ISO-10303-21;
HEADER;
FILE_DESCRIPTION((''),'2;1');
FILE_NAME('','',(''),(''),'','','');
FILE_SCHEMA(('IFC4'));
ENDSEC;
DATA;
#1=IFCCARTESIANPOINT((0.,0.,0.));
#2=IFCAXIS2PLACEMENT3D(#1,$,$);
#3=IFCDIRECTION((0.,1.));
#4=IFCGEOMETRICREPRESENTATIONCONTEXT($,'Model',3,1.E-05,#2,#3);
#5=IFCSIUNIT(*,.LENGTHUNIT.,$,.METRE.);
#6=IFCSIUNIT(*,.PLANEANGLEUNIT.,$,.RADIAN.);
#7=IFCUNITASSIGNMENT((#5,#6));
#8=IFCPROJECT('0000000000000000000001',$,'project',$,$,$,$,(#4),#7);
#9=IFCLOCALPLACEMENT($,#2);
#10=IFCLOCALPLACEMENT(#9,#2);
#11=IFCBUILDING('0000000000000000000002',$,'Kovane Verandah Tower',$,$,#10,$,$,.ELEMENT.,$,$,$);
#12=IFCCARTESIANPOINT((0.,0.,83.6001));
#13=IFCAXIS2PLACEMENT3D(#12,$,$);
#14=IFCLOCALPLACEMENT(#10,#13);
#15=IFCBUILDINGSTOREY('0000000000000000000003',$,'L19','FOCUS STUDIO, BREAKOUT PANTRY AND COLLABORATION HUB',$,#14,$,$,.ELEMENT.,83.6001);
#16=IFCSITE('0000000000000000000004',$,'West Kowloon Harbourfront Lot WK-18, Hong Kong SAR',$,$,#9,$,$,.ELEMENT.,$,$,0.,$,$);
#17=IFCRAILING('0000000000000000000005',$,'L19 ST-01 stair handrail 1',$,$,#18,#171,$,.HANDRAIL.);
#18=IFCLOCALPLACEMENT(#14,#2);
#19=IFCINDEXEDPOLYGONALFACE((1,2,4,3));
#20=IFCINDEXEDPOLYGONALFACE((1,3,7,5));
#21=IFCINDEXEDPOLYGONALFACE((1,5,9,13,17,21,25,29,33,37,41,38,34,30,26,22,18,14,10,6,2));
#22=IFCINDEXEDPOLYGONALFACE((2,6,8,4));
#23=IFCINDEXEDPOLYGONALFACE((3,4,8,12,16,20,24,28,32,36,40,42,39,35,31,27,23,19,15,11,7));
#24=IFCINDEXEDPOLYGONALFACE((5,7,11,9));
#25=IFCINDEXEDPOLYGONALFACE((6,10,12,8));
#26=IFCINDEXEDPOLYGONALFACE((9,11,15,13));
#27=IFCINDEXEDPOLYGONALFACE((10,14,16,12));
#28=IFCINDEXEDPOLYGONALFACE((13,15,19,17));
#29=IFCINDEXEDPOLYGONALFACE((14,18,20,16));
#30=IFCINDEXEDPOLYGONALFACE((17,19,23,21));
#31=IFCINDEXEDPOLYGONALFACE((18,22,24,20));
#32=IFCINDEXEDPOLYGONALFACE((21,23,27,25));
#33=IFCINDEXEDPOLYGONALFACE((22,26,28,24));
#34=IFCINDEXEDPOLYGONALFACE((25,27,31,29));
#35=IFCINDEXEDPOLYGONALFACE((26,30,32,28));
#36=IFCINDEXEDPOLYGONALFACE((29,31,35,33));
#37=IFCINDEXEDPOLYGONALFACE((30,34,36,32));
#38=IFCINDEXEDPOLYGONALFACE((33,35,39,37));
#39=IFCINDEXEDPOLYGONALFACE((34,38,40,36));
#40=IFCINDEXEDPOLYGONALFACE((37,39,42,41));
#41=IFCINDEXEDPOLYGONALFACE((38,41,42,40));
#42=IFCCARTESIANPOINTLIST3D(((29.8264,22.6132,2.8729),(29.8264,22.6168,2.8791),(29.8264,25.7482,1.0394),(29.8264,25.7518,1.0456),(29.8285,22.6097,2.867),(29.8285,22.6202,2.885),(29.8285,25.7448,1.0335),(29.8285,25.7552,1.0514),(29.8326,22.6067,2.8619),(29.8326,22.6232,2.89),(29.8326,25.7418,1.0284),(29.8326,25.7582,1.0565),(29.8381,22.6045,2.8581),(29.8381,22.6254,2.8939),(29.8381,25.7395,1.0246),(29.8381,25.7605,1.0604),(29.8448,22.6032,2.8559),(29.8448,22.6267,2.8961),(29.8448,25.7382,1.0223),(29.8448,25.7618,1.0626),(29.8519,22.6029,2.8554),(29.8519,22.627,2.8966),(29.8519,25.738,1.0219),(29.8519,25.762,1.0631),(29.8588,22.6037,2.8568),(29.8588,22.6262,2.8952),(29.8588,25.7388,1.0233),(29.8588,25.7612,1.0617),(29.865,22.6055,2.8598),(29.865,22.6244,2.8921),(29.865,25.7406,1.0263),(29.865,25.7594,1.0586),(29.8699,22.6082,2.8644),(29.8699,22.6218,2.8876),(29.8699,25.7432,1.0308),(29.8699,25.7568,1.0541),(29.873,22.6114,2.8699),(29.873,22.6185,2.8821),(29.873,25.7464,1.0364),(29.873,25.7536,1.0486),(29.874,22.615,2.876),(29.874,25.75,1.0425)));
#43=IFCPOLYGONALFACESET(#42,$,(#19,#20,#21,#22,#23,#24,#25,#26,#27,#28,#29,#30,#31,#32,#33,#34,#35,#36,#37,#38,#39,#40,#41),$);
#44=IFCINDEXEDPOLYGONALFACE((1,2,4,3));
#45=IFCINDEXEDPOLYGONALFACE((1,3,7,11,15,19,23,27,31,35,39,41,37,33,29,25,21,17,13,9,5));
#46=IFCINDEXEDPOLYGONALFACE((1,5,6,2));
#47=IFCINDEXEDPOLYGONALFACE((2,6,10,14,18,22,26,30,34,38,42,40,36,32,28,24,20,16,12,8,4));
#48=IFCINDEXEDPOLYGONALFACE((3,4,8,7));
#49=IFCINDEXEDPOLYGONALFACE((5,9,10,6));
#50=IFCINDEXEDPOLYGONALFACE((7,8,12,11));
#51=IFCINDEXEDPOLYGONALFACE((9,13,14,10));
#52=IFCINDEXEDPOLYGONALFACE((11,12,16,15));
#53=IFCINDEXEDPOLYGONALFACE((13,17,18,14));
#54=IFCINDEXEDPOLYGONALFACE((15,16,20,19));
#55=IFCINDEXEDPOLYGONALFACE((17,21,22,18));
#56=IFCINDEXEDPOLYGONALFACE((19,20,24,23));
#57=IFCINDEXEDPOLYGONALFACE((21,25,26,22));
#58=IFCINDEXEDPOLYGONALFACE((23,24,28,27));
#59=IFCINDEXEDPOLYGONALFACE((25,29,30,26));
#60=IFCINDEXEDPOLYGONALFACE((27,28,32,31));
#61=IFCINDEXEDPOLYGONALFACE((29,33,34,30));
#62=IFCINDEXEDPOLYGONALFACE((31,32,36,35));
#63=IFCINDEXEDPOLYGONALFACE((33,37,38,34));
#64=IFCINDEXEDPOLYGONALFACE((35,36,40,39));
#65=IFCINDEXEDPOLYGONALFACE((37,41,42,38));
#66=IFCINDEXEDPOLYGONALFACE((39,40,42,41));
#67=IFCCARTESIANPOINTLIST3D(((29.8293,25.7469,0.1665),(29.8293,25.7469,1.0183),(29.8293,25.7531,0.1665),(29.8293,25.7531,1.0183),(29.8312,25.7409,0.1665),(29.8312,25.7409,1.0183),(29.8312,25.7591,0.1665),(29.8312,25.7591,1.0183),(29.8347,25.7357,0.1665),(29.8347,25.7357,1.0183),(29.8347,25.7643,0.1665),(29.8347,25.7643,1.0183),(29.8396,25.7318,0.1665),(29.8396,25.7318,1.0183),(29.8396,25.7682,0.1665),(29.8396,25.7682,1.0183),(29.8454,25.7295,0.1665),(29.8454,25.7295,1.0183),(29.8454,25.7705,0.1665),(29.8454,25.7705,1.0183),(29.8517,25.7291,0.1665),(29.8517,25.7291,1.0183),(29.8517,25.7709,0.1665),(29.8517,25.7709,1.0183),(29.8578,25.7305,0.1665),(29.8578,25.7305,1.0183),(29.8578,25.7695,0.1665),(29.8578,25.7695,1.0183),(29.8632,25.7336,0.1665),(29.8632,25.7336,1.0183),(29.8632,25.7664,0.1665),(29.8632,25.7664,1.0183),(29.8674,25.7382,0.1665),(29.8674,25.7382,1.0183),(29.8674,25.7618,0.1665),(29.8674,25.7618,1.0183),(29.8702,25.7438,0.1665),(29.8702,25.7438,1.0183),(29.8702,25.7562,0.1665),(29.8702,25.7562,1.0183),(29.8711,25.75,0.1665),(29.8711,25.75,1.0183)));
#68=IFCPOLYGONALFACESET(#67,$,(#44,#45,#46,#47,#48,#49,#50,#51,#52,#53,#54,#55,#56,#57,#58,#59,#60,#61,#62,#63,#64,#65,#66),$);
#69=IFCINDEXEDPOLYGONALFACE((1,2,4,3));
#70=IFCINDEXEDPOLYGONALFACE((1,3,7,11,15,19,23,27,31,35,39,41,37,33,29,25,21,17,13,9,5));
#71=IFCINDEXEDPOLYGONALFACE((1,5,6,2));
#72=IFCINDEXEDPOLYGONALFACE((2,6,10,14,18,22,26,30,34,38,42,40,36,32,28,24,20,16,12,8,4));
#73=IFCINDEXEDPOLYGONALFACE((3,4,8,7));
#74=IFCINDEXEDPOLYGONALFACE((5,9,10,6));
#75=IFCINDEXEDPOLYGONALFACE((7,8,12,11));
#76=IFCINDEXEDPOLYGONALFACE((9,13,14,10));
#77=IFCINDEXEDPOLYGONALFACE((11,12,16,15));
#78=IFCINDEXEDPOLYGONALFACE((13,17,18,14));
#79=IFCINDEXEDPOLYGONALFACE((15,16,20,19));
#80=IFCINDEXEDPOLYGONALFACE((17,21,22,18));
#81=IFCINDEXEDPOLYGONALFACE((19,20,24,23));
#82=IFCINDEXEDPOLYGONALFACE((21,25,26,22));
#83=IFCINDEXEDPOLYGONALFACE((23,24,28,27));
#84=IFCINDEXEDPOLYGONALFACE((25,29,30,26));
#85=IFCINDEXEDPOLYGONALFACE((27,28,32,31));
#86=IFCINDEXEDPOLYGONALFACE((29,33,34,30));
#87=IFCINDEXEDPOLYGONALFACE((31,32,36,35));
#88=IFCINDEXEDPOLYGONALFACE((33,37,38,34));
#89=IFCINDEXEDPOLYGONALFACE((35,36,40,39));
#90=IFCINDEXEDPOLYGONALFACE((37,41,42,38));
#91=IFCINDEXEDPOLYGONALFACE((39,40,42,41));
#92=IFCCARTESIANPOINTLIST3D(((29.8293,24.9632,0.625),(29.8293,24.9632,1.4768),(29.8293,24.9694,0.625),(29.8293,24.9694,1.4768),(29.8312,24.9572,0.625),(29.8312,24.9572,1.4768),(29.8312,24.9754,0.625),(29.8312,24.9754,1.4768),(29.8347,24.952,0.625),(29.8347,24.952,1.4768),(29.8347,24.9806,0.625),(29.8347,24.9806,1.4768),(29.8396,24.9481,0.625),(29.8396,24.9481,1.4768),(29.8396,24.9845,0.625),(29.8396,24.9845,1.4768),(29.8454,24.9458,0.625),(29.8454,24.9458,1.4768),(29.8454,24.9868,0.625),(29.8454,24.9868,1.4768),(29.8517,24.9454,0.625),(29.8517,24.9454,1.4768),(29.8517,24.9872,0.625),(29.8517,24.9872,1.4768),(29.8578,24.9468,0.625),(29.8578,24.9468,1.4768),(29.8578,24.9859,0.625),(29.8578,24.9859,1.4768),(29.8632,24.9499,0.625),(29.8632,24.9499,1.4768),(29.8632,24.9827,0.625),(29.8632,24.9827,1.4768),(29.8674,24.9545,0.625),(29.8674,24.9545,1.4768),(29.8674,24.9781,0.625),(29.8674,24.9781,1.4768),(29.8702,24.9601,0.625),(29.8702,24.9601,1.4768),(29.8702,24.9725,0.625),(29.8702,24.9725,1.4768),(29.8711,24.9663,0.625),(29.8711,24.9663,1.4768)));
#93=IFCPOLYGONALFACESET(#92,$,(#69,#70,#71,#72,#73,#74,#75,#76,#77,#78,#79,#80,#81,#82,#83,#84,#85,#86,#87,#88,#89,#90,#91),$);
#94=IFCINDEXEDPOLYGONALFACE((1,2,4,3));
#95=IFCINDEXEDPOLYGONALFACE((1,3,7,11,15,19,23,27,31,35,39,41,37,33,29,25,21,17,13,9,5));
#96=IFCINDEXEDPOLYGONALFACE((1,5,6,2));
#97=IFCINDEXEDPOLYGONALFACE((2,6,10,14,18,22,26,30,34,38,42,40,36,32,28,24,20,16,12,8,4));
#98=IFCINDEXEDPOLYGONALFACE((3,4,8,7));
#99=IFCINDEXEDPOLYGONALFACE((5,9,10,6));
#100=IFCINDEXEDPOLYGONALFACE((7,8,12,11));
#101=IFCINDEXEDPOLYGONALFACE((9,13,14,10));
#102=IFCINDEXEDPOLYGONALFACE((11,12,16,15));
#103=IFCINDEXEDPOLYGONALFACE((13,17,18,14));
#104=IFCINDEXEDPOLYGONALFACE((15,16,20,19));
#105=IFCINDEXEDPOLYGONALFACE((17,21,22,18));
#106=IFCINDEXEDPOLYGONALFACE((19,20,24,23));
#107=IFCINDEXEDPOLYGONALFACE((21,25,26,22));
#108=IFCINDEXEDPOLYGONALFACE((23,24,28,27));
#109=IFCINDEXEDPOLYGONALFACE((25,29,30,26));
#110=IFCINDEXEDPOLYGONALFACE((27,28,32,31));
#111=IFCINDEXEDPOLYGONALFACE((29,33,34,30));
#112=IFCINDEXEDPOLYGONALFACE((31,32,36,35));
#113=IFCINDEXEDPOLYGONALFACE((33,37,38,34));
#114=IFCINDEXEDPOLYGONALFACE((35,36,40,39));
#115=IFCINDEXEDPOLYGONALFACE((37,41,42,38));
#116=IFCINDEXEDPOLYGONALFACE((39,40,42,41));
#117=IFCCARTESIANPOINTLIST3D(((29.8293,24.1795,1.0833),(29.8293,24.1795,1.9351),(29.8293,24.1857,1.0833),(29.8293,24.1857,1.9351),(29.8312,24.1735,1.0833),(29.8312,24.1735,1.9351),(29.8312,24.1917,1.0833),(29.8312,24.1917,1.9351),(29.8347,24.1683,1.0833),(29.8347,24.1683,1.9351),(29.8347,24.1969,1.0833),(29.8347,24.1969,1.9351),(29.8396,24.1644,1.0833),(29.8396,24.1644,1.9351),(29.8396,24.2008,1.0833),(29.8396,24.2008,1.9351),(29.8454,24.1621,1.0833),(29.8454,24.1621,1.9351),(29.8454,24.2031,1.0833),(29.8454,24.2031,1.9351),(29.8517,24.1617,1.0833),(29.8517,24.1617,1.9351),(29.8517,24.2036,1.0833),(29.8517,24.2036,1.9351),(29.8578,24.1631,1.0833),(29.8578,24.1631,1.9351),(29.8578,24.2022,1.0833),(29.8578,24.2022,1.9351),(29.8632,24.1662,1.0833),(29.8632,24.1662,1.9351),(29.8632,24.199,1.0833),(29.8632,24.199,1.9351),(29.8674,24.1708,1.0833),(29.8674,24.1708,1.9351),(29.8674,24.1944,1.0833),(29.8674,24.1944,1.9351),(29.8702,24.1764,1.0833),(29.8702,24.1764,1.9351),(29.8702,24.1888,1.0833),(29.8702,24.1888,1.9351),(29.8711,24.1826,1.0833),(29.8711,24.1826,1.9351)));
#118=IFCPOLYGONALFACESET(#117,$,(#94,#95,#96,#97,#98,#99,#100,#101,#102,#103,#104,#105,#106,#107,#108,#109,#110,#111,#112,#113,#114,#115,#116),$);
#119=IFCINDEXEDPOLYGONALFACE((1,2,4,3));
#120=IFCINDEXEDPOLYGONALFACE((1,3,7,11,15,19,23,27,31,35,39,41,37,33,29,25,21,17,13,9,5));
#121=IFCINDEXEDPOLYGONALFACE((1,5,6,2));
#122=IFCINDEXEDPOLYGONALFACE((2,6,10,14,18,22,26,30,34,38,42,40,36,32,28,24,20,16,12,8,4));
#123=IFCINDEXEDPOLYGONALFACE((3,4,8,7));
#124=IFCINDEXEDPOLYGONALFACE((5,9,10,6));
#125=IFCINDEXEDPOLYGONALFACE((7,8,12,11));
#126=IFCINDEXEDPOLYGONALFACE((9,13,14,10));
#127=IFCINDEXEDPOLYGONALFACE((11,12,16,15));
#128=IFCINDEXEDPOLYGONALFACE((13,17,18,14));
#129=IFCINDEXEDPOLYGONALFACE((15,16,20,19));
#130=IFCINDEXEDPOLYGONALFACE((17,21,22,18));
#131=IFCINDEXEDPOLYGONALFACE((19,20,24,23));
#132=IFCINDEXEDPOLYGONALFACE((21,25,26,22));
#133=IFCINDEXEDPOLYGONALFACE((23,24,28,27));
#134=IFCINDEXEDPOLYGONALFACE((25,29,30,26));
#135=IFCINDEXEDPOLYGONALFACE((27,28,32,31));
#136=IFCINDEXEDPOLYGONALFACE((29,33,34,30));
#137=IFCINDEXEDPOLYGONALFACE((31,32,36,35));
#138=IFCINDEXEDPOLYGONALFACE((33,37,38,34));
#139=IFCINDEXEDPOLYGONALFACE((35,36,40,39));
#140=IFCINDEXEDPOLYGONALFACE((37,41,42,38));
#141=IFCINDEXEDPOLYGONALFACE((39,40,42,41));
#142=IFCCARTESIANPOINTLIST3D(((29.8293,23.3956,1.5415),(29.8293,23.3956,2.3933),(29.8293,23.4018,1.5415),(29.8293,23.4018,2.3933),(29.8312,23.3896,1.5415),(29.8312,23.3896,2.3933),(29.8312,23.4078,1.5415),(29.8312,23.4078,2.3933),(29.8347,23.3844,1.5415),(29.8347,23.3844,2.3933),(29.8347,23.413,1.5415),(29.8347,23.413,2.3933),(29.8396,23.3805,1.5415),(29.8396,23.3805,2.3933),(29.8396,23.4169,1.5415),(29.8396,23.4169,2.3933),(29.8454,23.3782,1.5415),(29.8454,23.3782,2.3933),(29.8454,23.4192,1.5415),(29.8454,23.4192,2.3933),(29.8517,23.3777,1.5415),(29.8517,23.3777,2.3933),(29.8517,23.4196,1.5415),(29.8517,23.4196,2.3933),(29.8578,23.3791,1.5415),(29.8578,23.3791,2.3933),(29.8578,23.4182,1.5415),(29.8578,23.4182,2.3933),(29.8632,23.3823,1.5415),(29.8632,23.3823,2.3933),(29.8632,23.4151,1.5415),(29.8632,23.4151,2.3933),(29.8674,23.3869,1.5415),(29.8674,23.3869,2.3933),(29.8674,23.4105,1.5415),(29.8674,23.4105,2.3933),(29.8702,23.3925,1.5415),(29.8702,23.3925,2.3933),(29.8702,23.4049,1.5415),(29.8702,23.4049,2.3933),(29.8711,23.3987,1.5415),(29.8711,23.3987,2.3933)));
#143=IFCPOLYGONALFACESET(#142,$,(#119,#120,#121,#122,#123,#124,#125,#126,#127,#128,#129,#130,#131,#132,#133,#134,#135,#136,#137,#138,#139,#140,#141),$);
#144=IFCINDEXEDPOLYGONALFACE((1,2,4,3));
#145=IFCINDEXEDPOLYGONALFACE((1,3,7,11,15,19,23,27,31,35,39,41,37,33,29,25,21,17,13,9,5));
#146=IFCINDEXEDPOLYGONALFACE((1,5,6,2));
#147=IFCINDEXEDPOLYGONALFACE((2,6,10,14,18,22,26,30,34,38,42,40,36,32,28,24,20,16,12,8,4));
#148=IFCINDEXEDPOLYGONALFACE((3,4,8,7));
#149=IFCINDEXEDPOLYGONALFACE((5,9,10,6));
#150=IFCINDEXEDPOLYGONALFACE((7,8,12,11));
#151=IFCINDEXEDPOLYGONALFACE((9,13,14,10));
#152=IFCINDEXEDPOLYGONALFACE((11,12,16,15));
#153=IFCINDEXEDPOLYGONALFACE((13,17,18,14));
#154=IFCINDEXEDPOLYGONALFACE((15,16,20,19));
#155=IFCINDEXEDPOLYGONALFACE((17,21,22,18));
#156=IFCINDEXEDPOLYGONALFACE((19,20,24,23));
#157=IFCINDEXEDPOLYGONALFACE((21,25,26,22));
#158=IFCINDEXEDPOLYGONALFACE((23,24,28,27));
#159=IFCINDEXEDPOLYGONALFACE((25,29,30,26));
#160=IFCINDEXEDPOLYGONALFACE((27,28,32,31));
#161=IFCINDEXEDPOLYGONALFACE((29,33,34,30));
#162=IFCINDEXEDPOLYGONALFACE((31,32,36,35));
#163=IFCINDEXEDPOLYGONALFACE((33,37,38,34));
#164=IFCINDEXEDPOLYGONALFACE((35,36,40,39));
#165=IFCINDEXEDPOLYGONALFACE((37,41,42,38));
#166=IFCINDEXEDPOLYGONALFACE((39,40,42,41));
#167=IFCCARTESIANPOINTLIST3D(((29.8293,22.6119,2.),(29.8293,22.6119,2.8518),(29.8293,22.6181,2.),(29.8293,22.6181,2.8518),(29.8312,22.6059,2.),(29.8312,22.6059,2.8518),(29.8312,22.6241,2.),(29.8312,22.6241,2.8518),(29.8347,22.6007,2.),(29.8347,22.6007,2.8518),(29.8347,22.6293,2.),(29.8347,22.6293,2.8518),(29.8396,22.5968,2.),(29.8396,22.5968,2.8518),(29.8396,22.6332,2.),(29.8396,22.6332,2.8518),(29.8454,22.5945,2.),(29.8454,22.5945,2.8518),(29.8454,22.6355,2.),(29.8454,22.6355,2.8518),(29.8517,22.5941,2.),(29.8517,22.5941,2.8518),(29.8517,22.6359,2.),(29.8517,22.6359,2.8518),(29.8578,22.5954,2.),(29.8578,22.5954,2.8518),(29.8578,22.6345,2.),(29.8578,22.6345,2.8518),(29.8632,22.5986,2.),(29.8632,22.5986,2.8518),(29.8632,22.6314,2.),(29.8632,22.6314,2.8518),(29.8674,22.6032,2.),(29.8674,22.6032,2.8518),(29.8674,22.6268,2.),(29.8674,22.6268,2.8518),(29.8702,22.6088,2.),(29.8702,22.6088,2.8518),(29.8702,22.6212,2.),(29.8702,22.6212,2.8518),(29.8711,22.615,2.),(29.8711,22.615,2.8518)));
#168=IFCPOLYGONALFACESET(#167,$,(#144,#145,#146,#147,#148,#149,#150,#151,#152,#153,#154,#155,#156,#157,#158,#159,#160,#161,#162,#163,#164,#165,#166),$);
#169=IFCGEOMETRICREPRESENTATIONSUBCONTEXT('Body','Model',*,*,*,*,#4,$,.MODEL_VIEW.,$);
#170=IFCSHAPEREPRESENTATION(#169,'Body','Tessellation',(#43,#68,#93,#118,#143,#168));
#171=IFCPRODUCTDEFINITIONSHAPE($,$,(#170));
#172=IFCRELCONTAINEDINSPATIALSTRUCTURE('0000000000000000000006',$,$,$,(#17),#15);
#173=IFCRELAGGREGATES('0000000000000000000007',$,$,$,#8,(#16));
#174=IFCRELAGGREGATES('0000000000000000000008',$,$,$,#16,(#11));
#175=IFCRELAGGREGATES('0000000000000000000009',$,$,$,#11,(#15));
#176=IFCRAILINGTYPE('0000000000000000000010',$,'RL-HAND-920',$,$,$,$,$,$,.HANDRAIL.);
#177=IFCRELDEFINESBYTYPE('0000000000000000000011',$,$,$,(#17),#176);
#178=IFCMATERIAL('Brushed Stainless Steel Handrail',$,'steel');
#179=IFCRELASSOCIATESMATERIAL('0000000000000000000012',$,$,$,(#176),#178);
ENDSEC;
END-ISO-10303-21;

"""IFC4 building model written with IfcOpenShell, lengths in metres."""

from ifc_helpers import new_model, si_unit, direction, frame, origin, origin_2d, place, context, subcontext, project, spatial, circle, extrude, material, type_object, element, save


model = new_model("IFC4")

# Units and contexts
model_context = context("Model", 3, precision=1e-05, world=origin(), true_north=direction((0.0, 1.0)))
body_context = subcontext(model_context, "Body", "Model", "MODEL_VIEW")
ifc_project = project(units=[si_unit("LENGTHUNIT", "METRE"), si_unit("PLANEANGLEUNIT", "RADIAN")], contexts=[model_context])

# Site, building, storey
site_placement = place(None, origin())
site = spatial("IfcSite", under=ifc_project, at=site_placement, Name="West Kowloon Harbourfront Lot WK-18, Hong Kong SAR", CompositionType="ELEMENT", RefElevation=0.0)
building_placement = place(site_placement, origin())
building = spatial("IfcBuilding", under=site, at=building_placement, Name="Kovane Verandah Tower", CompositionType="ELEMENT")
storey_placement = place(building_placement, frame((0.0, 0.0, 83.6001)))
storey = spatial("IfcBuildingStorey", under=building, at=storey_placement, Name="L19", Description="FOCUS STUDIO, BREAKOUT PANTRY AND COLLABORATION HUB", CompositionType="ELEMENT", Elevation=83.6001)

# Railing
ifc_material_1 = material(Name="Brushed Stainless Steel Handrail", Category="steel")
railing_type_1 = type_object("IfcRailingType", Name="RL-HAND-920", PredefinedType="HANDRAIL", material=ifc_material_1)
railing_1_placement = place(storey_placement, frame((29.8501, 25.75, 0.1665)))
element("IfcRailing", 1, at=railing_1_placement, inside=storey, type_object=railing_type_1, Name="L19 ST-01 stair handrail 1", PredefinedType="HANDRAIL", context=body_context, shape_type="SweptSolid", body=[
    extrude(circle(Radius=0.0239, at=origin_2d()), frame((0.0, 0.0, 0.876), z_axis=(0.0, -0.86321, 0.504845), x_axis=(1.0, 0.0, 0.0)), (0.0, 0.0, 1.0), 3.6318),
    extrude(circle(Radius=0.021, at=origin_2d()), origin(), (0.0, 0.0, 1.0), 0.8518),
    extrude(circle(Radius=0.021, at=origin_2d()), frame((0.0, -0.7837, 0.4585)), (0.0, 0.0, 1.0), 0.8518),
    extrude(circle(Radius=0.021, at=origin_2d()), frame((0.0, -1.5674, 0.9167)), (0.0, 0.0, 1.0), 0.8518),
    extrude(circle(Radius=0.021, at=origin_2d()), frame((0.0, -2.3513, 1.375)), (0.0, 0.0, 1.0), 0.8518),
    extrude(circle(Radius=0.021, at=origin_2d()), frame((0.0, -3.135, 1.8335)), (0.0, 0.0, 1.0), 0.8518),
])

save(model, "model.ifc")
